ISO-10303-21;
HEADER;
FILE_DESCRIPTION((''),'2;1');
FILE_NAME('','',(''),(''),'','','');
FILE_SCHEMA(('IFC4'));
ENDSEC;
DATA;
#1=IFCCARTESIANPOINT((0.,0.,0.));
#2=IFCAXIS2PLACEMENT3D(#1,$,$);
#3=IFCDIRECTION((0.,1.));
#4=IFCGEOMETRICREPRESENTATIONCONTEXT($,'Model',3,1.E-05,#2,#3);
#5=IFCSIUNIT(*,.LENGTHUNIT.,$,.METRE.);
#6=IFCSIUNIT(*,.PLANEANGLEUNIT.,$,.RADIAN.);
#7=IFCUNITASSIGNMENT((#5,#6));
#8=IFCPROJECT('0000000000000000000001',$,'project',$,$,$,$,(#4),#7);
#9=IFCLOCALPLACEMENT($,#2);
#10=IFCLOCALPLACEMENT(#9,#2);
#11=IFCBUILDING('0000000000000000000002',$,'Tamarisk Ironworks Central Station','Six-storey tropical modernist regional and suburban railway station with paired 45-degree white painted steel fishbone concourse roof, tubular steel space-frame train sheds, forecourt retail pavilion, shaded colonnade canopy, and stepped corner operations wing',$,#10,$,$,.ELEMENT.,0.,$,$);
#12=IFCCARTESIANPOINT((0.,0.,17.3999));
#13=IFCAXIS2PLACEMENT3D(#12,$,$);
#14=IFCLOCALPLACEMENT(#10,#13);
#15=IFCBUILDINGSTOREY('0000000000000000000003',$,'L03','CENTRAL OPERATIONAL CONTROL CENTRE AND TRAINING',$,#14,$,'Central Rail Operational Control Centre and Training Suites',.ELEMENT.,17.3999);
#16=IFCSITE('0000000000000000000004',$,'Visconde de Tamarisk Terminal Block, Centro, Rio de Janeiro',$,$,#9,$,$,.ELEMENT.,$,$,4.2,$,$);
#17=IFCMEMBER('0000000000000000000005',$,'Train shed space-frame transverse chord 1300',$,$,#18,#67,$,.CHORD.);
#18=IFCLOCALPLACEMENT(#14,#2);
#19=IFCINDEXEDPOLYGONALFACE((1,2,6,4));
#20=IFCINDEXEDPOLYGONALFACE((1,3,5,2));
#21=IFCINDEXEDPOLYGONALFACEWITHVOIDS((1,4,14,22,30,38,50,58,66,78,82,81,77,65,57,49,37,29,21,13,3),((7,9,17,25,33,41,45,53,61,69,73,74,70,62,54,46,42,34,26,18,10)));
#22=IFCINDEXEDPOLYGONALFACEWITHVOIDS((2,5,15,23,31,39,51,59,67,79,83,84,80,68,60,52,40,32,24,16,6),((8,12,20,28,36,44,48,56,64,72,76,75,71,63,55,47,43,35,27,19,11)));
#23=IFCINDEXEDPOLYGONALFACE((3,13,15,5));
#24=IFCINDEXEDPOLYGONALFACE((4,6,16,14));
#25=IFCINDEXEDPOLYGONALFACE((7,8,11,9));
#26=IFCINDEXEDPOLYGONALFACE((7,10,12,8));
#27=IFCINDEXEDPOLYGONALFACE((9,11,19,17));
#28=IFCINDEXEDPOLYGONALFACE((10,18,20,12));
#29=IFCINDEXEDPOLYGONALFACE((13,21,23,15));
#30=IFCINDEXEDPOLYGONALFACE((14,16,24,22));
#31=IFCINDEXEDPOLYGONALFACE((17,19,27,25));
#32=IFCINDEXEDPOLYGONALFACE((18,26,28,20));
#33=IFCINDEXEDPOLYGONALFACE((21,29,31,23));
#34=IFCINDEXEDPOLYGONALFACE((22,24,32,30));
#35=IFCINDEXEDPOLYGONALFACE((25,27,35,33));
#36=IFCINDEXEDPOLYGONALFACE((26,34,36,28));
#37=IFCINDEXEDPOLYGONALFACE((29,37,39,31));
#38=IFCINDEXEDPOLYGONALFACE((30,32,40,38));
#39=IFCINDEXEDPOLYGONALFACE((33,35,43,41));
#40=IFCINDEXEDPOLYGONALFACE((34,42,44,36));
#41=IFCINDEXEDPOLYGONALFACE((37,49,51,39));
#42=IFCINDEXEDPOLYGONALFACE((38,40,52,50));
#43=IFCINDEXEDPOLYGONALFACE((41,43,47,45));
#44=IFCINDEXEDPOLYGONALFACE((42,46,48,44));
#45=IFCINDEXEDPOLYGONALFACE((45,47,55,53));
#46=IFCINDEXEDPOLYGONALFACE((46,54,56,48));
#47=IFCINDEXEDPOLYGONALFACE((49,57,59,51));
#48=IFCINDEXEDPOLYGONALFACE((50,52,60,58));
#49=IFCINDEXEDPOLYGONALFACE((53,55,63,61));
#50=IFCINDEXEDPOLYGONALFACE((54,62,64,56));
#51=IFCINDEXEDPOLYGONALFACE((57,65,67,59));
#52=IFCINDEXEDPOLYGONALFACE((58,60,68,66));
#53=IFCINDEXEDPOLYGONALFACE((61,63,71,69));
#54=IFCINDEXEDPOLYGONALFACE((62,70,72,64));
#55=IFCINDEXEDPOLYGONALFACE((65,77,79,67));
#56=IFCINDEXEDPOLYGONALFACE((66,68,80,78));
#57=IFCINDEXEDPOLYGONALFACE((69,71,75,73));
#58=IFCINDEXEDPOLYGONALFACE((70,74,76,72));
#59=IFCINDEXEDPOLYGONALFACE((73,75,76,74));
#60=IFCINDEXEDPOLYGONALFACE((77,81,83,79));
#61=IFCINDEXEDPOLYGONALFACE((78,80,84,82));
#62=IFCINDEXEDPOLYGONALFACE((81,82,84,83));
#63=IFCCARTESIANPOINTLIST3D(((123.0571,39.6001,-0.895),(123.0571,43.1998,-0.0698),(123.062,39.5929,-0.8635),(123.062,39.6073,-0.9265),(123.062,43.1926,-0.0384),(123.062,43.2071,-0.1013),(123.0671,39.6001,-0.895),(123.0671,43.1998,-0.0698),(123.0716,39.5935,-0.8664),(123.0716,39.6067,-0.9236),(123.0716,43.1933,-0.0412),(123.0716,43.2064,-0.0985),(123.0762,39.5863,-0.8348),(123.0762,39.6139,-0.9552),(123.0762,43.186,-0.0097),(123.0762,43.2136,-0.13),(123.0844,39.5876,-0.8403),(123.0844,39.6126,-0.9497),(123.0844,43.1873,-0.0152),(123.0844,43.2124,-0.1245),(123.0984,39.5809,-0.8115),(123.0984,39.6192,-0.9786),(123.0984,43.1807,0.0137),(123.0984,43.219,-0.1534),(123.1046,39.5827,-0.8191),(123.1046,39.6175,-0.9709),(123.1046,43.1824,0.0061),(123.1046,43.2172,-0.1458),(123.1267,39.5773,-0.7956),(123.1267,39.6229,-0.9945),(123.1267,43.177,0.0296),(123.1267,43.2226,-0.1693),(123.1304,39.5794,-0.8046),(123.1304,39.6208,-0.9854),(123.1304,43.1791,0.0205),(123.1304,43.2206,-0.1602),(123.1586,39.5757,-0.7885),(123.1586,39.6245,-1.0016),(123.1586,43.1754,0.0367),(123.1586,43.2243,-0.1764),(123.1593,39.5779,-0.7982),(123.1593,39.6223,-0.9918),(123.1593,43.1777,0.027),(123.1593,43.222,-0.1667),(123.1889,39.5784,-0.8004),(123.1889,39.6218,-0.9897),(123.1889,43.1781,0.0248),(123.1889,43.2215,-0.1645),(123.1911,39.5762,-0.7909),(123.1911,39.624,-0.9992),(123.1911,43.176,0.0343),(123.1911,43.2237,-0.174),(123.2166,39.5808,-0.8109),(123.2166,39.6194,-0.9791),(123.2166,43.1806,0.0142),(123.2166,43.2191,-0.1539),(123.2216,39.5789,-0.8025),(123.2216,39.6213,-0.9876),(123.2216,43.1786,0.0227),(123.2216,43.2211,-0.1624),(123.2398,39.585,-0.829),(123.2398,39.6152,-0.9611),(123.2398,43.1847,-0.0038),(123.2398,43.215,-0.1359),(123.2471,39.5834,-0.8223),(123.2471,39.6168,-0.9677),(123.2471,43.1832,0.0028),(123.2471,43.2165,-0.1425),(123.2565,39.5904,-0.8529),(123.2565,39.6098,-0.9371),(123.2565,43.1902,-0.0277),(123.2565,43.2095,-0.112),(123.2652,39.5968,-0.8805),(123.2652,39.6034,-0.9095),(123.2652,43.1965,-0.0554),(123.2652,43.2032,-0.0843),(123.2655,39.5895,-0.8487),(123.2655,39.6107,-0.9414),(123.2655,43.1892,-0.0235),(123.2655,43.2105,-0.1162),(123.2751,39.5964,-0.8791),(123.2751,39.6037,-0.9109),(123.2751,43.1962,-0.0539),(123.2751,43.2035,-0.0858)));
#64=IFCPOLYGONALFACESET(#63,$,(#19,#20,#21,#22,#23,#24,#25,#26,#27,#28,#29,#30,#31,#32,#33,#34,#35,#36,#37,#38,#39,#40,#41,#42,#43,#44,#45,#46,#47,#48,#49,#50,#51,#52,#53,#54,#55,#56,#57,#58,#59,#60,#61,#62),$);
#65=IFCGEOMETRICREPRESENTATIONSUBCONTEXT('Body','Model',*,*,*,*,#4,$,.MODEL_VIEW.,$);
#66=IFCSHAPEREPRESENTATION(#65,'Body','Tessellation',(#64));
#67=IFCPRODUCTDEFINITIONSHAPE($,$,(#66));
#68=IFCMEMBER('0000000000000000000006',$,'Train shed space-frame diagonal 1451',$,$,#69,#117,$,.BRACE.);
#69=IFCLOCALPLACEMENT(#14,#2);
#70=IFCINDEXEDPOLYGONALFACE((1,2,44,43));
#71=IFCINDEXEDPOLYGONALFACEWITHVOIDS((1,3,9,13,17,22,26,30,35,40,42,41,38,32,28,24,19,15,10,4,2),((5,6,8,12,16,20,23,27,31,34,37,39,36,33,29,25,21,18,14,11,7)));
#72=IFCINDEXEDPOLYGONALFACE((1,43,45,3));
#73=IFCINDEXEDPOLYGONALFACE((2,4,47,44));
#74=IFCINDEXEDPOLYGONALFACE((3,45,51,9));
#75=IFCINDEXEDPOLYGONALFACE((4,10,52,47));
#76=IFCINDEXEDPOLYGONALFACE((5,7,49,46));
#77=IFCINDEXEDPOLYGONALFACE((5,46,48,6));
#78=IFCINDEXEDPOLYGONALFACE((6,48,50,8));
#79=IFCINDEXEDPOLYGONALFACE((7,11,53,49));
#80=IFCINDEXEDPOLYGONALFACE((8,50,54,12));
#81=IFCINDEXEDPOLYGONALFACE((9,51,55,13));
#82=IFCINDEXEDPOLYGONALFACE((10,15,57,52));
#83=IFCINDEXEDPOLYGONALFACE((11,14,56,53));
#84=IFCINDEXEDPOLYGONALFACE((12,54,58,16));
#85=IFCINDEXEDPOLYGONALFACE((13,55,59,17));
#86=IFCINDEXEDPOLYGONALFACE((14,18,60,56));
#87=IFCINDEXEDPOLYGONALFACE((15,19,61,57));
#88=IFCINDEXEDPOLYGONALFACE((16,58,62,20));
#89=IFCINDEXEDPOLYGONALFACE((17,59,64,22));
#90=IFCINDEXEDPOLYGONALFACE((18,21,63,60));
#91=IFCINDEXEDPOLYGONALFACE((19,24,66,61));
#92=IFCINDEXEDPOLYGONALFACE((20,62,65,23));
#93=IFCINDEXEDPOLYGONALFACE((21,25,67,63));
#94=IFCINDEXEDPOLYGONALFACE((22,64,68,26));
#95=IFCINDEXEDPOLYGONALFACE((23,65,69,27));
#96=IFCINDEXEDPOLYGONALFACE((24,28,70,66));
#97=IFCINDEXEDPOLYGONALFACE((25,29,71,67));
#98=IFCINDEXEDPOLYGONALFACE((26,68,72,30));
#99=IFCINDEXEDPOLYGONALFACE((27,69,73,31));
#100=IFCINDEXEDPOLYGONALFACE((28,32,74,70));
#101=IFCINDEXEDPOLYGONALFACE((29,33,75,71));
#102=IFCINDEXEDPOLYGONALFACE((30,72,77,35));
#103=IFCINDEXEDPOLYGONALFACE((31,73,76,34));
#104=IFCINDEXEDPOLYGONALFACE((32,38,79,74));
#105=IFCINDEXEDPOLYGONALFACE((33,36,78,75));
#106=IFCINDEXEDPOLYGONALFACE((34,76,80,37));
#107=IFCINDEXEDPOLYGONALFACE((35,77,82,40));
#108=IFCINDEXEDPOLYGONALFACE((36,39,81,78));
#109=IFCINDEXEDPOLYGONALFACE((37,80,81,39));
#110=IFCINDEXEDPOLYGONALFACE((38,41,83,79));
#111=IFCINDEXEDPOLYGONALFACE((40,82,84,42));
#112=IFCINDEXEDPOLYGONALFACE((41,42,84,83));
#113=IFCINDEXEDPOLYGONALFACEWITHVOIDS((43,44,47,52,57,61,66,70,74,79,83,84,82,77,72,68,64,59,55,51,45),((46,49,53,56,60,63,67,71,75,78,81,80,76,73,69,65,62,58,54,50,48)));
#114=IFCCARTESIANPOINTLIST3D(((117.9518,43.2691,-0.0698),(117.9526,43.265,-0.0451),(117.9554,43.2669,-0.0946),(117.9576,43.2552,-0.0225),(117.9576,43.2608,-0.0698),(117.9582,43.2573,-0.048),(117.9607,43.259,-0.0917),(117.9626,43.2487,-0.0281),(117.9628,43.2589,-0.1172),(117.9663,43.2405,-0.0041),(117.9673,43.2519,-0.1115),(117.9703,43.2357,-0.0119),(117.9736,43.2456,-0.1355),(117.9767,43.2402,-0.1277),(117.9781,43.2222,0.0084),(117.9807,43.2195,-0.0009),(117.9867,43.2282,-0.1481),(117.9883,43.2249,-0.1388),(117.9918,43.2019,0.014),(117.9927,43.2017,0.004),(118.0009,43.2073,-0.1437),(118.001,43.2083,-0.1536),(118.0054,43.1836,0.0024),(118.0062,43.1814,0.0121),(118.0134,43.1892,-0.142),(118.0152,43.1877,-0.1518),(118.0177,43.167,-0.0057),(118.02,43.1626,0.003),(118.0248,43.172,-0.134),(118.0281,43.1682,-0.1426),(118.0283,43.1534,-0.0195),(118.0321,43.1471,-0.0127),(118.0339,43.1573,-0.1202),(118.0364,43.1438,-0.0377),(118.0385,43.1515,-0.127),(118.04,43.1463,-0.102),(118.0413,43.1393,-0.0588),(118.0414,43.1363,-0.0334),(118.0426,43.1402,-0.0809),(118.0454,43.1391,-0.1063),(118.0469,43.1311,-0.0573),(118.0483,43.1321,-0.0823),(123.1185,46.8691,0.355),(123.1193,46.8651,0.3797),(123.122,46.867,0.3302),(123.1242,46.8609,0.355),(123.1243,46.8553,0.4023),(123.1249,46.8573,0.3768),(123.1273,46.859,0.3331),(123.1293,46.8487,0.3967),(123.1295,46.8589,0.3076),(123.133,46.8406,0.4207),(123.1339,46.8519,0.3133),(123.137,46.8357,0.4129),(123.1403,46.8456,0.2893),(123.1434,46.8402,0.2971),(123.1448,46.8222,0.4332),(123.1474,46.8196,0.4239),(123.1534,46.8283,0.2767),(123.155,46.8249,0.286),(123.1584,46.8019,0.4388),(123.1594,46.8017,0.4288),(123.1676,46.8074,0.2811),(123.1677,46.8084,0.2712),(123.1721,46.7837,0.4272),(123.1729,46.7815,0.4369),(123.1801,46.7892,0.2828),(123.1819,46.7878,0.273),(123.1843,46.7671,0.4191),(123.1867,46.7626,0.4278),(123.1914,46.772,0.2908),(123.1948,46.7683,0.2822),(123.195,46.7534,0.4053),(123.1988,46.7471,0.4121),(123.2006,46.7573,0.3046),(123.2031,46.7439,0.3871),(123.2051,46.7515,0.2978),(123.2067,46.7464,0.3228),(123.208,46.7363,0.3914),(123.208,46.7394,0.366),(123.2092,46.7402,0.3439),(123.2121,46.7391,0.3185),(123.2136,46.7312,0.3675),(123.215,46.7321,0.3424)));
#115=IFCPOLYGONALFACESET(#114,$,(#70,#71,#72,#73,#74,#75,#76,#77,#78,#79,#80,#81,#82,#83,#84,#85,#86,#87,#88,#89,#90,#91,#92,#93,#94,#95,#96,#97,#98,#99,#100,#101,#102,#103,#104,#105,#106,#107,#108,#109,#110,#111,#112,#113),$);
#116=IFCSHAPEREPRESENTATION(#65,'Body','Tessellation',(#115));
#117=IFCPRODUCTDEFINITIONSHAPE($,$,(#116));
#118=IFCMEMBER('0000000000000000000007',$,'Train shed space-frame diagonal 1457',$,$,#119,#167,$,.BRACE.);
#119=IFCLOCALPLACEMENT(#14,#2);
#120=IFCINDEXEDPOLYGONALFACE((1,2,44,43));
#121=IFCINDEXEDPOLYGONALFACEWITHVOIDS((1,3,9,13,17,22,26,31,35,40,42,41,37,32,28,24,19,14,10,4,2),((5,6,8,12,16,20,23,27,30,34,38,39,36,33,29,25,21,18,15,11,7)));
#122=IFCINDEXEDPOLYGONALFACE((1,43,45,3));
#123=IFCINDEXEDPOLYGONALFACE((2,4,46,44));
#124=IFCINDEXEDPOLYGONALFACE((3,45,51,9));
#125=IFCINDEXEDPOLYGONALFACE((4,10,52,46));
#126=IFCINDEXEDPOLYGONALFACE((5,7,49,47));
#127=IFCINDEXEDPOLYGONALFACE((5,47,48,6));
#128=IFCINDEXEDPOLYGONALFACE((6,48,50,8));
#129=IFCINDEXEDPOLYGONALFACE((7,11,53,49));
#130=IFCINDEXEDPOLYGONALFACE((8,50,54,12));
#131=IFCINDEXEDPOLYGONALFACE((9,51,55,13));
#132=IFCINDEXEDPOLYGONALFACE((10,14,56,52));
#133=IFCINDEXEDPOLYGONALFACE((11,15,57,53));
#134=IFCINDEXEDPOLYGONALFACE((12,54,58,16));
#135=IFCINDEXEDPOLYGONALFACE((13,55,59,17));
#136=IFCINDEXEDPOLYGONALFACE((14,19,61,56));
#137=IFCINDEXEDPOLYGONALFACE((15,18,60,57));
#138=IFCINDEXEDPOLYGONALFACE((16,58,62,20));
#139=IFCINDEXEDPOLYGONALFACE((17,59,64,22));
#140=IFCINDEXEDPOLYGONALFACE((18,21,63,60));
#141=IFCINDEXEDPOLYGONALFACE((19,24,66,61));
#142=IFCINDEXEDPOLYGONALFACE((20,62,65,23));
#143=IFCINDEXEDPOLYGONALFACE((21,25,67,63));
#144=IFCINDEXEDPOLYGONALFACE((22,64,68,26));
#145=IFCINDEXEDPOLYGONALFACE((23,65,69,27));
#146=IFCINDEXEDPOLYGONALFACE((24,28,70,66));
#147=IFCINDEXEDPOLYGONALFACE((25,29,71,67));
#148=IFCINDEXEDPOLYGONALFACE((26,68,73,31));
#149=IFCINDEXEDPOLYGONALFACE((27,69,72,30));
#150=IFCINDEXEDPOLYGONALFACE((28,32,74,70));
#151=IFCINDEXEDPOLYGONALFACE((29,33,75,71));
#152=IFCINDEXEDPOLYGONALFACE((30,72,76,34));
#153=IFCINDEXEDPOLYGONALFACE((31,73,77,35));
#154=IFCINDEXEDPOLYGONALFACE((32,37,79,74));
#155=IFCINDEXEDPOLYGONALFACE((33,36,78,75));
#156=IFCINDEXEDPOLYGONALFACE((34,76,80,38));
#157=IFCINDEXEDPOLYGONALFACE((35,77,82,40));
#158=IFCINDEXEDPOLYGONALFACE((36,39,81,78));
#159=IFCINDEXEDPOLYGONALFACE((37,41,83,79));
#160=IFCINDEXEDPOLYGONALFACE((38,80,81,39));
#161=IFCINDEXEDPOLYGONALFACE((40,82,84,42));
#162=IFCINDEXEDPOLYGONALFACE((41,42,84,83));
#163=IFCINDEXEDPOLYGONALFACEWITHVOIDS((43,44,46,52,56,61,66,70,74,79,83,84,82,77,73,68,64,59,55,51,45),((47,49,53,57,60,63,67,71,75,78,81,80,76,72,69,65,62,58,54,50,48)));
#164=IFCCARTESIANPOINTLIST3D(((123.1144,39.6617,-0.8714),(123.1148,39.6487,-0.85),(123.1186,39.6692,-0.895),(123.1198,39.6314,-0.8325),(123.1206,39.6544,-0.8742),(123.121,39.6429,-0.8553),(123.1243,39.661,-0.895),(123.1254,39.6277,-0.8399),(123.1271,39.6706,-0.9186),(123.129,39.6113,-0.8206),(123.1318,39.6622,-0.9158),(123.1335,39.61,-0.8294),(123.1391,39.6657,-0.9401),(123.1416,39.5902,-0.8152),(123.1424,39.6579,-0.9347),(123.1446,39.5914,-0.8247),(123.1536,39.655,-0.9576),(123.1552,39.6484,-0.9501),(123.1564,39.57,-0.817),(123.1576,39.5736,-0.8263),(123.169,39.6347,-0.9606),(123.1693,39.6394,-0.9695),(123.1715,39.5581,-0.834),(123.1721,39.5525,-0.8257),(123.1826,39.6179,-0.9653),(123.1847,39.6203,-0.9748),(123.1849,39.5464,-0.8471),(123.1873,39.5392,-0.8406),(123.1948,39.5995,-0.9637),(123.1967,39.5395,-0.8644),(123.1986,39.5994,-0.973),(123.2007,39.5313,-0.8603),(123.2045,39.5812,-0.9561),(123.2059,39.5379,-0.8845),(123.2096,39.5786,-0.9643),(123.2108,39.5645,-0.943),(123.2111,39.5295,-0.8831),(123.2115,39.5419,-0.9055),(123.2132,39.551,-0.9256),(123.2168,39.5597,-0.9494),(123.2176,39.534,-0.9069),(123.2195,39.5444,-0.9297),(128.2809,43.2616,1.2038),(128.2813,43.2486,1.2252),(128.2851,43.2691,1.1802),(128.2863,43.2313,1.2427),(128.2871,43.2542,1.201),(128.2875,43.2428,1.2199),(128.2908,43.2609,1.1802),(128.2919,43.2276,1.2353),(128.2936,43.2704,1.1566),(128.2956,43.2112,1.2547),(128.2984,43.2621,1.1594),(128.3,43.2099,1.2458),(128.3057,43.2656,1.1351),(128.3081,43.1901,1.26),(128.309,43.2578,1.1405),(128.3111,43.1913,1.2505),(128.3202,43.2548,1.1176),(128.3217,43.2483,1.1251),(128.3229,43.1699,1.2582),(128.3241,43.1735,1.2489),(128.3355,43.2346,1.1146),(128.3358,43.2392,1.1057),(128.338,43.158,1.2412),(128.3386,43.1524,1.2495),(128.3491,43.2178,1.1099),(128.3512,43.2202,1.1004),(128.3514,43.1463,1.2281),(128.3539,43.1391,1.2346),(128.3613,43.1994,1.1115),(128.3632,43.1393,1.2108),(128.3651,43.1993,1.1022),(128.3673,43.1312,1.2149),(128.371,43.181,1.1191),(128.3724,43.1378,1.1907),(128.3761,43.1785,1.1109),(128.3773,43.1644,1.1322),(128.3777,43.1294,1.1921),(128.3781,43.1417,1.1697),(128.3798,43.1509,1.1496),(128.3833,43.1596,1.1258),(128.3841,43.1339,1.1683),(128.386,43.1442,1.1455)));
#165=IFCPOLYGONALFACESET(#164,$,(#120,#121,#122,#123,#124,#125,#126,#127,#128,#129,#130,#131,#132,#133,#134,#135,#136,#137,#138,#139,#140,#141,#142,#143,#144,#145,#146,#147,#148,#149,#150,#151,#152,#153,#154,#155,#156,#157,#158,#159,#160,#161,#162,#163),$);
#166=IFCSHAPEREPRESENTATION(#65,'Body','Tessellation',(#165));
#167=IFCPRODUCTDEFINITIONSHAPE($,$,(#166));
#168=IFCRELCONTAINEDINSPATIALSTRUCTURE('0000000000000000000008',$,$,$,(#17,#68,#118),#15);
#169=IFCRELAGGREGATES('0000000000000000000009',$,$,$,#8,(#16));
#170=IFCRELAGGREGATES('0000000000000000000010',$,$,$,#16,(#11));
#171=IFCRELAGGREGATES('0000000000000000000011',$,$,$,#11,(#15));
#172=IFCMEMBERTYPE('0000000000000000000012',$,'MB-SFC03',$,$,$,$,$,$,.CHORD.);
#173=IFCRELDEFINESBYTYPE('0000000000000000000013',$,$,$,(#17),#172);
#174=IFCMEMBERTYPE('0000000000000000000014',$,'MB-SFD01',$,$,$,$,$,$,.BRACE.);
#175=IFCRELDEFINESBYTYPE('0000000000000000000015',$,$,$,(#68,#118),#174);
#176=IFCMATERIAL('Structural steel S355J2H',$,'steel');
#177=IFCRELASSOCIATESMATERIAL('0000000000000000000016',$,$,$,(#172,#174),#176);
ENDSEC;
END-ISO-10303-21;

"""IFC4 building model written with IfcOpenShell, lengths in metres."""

from ifc_helpers import new_model, si_unit, direction, frame, origin, origin_2d, place, context, subcontext, project, spatial, hollow_circle, extrude, material, material_profile, profile_set, type_object, element, save


model = new_model("IFC4")

# Units and contexts
model_context = context("Model", 3, precision=1e-05, world=origin(), true_north=direction((0.0, 1.0)))
body_context = subcontext(model_context, "Body", "Model", "MODEL_VIEW")
ifc_project = project(units=[si_unit("LENGTHUNIT", "METRE"), si_unit("PLANEANGLEUNIT", "RADIAN")], contexts=[model_context])

# Site, building, storey
site_placement = place(None, origin())
site = spatial("IfcSite", under=ifc_project, at=site_placement, Name="Visconde de Tamarisk Terminal Block, Centro, Rio de Janeiro", CompositionType="ELEMENT", RefElevation=4.2)
building_placement = place(site_placement, origin())
building = spatial("IfcBuilding", under=site, at=building_placement, Name="Tamarisk Ironworks Central Station", Description="Six-storey tropical modernist regional and suburban railway station with paired 45-degree white painted steel fishbone concourse roof, tubular steel space-frame train sheds, forecourt retail pavilion, shaded colonnade canopy, and stepped corner operations wing", CompositionType="ELEMENT", ElevationOfRefHeight=0.0)
storey_placement = place(building_placement, frame((0.0, 0.0, 17.3999)))
storey = spatial("IfcBuildingStorey", under=building, at=storey_placement, Name="L03", Description="CENTRAL OPERATIONAL CONTROL CENTRE AND TRAINING", LongName="Central Rail Operational Control Centre and Training Suites", CompositionType="ELEMENT", Elevation=17.3999)

# Members
ifc_material_1 = material(Name="Structural steel S355J2H", Category="steel")
ifc_material_profile_1 = material_profile(ifc_material_1, hollow_circle(Radius=0.1096, WallThickness=0.01, at=origin_2d()), Name="CHS 219.1x10")
ifc_profile_set_1 = profile_set([ifc_material_profile_1], Name="Structural steel S355J2H")
member_type_1 = type_object("IfcMemberType", Name="MB-SFC03", PredefinedType="CHORD", material=ifc_profile_set_1)
for number, where, z_axis, x_axis, name in (
    (1, (123.1667, 39.6001, -0.895), (0.0, 0.974719, 0.223435), (-1.0, 0.0, 0.0), "Train shed space-frame transverse chord 1300"),
):
    element("IfcMember", number, at=place(storey_placement, frame(where, z_axis=z_axis, x_axis=x_axis)), inside=storey, type_object=member_type_1, Name=name, PredefinedType="CHORD", context=body_context, shape_type="SweptSolid", body=[
        extrude(hollow_circle(Radius=0.1096, WallThickness=0.01, at=origin_2d()), origin(), (0.0, 0.0, 1.0), 3.6931),
    ])
ifc_material_profile_2 = material_profile(ifc_material_1, hollow_circle(Radius=0.0842, WallThickness=0.01, at=origin_2d()), Name="CHS 168.3x10")
ifc_profile_set_2 = profile_set([ifc_material_profile_2], Name="Structural steel S355J2H")
member_type_2 = type_object("IfcMemberType", Name="MB-SFD01", PredefinedType="BRACE", material=ifc_profile_set_2)
member_1_placement = place(storey_placement, frame((118.0, 43.2, -0.0698), z_axis=(0.81861, 0.570393, 0.067305), x_axis=(-0.571689, 0.82047, 0.0)))
element("IfcMember", 2, at=member_1_placement, inside=storey, type_object=member_type_2, Name="Train shed space-frame diagonal 1451", PredefinedType="BRACE", context=body_context, shape_type="SweptSolid", body=[
    extrude(hollow_circle(Radius=0.0842, WallThickness=0.01, at=origin_2d()), origin(), (0.0, 0.0, 1.0), 6.3115),
])
member_2_placement = place(storey_placement, frame((123.1667, 39.6001, -0.895), z_axis=(0.779251, 0.542957, 0.312996), x_axis=(-0.571681, 0.820476, 0.0)))
element("IfcMember", 3, at=member_2_placement, inside=storey, type_object=member_type_2, Name="Train shed space-frame diagonal 1457", PredefinedType="BRACE", context=body_context, shape_type="SweptSolid", body=[
    extrude(hollow_circle(Radius=0.0842, WallThickness=0.01, at=origin_2d()), origin(), (0.0, 0.0, 1.0), 6.6301),
])

save(model, "model.ifc")
